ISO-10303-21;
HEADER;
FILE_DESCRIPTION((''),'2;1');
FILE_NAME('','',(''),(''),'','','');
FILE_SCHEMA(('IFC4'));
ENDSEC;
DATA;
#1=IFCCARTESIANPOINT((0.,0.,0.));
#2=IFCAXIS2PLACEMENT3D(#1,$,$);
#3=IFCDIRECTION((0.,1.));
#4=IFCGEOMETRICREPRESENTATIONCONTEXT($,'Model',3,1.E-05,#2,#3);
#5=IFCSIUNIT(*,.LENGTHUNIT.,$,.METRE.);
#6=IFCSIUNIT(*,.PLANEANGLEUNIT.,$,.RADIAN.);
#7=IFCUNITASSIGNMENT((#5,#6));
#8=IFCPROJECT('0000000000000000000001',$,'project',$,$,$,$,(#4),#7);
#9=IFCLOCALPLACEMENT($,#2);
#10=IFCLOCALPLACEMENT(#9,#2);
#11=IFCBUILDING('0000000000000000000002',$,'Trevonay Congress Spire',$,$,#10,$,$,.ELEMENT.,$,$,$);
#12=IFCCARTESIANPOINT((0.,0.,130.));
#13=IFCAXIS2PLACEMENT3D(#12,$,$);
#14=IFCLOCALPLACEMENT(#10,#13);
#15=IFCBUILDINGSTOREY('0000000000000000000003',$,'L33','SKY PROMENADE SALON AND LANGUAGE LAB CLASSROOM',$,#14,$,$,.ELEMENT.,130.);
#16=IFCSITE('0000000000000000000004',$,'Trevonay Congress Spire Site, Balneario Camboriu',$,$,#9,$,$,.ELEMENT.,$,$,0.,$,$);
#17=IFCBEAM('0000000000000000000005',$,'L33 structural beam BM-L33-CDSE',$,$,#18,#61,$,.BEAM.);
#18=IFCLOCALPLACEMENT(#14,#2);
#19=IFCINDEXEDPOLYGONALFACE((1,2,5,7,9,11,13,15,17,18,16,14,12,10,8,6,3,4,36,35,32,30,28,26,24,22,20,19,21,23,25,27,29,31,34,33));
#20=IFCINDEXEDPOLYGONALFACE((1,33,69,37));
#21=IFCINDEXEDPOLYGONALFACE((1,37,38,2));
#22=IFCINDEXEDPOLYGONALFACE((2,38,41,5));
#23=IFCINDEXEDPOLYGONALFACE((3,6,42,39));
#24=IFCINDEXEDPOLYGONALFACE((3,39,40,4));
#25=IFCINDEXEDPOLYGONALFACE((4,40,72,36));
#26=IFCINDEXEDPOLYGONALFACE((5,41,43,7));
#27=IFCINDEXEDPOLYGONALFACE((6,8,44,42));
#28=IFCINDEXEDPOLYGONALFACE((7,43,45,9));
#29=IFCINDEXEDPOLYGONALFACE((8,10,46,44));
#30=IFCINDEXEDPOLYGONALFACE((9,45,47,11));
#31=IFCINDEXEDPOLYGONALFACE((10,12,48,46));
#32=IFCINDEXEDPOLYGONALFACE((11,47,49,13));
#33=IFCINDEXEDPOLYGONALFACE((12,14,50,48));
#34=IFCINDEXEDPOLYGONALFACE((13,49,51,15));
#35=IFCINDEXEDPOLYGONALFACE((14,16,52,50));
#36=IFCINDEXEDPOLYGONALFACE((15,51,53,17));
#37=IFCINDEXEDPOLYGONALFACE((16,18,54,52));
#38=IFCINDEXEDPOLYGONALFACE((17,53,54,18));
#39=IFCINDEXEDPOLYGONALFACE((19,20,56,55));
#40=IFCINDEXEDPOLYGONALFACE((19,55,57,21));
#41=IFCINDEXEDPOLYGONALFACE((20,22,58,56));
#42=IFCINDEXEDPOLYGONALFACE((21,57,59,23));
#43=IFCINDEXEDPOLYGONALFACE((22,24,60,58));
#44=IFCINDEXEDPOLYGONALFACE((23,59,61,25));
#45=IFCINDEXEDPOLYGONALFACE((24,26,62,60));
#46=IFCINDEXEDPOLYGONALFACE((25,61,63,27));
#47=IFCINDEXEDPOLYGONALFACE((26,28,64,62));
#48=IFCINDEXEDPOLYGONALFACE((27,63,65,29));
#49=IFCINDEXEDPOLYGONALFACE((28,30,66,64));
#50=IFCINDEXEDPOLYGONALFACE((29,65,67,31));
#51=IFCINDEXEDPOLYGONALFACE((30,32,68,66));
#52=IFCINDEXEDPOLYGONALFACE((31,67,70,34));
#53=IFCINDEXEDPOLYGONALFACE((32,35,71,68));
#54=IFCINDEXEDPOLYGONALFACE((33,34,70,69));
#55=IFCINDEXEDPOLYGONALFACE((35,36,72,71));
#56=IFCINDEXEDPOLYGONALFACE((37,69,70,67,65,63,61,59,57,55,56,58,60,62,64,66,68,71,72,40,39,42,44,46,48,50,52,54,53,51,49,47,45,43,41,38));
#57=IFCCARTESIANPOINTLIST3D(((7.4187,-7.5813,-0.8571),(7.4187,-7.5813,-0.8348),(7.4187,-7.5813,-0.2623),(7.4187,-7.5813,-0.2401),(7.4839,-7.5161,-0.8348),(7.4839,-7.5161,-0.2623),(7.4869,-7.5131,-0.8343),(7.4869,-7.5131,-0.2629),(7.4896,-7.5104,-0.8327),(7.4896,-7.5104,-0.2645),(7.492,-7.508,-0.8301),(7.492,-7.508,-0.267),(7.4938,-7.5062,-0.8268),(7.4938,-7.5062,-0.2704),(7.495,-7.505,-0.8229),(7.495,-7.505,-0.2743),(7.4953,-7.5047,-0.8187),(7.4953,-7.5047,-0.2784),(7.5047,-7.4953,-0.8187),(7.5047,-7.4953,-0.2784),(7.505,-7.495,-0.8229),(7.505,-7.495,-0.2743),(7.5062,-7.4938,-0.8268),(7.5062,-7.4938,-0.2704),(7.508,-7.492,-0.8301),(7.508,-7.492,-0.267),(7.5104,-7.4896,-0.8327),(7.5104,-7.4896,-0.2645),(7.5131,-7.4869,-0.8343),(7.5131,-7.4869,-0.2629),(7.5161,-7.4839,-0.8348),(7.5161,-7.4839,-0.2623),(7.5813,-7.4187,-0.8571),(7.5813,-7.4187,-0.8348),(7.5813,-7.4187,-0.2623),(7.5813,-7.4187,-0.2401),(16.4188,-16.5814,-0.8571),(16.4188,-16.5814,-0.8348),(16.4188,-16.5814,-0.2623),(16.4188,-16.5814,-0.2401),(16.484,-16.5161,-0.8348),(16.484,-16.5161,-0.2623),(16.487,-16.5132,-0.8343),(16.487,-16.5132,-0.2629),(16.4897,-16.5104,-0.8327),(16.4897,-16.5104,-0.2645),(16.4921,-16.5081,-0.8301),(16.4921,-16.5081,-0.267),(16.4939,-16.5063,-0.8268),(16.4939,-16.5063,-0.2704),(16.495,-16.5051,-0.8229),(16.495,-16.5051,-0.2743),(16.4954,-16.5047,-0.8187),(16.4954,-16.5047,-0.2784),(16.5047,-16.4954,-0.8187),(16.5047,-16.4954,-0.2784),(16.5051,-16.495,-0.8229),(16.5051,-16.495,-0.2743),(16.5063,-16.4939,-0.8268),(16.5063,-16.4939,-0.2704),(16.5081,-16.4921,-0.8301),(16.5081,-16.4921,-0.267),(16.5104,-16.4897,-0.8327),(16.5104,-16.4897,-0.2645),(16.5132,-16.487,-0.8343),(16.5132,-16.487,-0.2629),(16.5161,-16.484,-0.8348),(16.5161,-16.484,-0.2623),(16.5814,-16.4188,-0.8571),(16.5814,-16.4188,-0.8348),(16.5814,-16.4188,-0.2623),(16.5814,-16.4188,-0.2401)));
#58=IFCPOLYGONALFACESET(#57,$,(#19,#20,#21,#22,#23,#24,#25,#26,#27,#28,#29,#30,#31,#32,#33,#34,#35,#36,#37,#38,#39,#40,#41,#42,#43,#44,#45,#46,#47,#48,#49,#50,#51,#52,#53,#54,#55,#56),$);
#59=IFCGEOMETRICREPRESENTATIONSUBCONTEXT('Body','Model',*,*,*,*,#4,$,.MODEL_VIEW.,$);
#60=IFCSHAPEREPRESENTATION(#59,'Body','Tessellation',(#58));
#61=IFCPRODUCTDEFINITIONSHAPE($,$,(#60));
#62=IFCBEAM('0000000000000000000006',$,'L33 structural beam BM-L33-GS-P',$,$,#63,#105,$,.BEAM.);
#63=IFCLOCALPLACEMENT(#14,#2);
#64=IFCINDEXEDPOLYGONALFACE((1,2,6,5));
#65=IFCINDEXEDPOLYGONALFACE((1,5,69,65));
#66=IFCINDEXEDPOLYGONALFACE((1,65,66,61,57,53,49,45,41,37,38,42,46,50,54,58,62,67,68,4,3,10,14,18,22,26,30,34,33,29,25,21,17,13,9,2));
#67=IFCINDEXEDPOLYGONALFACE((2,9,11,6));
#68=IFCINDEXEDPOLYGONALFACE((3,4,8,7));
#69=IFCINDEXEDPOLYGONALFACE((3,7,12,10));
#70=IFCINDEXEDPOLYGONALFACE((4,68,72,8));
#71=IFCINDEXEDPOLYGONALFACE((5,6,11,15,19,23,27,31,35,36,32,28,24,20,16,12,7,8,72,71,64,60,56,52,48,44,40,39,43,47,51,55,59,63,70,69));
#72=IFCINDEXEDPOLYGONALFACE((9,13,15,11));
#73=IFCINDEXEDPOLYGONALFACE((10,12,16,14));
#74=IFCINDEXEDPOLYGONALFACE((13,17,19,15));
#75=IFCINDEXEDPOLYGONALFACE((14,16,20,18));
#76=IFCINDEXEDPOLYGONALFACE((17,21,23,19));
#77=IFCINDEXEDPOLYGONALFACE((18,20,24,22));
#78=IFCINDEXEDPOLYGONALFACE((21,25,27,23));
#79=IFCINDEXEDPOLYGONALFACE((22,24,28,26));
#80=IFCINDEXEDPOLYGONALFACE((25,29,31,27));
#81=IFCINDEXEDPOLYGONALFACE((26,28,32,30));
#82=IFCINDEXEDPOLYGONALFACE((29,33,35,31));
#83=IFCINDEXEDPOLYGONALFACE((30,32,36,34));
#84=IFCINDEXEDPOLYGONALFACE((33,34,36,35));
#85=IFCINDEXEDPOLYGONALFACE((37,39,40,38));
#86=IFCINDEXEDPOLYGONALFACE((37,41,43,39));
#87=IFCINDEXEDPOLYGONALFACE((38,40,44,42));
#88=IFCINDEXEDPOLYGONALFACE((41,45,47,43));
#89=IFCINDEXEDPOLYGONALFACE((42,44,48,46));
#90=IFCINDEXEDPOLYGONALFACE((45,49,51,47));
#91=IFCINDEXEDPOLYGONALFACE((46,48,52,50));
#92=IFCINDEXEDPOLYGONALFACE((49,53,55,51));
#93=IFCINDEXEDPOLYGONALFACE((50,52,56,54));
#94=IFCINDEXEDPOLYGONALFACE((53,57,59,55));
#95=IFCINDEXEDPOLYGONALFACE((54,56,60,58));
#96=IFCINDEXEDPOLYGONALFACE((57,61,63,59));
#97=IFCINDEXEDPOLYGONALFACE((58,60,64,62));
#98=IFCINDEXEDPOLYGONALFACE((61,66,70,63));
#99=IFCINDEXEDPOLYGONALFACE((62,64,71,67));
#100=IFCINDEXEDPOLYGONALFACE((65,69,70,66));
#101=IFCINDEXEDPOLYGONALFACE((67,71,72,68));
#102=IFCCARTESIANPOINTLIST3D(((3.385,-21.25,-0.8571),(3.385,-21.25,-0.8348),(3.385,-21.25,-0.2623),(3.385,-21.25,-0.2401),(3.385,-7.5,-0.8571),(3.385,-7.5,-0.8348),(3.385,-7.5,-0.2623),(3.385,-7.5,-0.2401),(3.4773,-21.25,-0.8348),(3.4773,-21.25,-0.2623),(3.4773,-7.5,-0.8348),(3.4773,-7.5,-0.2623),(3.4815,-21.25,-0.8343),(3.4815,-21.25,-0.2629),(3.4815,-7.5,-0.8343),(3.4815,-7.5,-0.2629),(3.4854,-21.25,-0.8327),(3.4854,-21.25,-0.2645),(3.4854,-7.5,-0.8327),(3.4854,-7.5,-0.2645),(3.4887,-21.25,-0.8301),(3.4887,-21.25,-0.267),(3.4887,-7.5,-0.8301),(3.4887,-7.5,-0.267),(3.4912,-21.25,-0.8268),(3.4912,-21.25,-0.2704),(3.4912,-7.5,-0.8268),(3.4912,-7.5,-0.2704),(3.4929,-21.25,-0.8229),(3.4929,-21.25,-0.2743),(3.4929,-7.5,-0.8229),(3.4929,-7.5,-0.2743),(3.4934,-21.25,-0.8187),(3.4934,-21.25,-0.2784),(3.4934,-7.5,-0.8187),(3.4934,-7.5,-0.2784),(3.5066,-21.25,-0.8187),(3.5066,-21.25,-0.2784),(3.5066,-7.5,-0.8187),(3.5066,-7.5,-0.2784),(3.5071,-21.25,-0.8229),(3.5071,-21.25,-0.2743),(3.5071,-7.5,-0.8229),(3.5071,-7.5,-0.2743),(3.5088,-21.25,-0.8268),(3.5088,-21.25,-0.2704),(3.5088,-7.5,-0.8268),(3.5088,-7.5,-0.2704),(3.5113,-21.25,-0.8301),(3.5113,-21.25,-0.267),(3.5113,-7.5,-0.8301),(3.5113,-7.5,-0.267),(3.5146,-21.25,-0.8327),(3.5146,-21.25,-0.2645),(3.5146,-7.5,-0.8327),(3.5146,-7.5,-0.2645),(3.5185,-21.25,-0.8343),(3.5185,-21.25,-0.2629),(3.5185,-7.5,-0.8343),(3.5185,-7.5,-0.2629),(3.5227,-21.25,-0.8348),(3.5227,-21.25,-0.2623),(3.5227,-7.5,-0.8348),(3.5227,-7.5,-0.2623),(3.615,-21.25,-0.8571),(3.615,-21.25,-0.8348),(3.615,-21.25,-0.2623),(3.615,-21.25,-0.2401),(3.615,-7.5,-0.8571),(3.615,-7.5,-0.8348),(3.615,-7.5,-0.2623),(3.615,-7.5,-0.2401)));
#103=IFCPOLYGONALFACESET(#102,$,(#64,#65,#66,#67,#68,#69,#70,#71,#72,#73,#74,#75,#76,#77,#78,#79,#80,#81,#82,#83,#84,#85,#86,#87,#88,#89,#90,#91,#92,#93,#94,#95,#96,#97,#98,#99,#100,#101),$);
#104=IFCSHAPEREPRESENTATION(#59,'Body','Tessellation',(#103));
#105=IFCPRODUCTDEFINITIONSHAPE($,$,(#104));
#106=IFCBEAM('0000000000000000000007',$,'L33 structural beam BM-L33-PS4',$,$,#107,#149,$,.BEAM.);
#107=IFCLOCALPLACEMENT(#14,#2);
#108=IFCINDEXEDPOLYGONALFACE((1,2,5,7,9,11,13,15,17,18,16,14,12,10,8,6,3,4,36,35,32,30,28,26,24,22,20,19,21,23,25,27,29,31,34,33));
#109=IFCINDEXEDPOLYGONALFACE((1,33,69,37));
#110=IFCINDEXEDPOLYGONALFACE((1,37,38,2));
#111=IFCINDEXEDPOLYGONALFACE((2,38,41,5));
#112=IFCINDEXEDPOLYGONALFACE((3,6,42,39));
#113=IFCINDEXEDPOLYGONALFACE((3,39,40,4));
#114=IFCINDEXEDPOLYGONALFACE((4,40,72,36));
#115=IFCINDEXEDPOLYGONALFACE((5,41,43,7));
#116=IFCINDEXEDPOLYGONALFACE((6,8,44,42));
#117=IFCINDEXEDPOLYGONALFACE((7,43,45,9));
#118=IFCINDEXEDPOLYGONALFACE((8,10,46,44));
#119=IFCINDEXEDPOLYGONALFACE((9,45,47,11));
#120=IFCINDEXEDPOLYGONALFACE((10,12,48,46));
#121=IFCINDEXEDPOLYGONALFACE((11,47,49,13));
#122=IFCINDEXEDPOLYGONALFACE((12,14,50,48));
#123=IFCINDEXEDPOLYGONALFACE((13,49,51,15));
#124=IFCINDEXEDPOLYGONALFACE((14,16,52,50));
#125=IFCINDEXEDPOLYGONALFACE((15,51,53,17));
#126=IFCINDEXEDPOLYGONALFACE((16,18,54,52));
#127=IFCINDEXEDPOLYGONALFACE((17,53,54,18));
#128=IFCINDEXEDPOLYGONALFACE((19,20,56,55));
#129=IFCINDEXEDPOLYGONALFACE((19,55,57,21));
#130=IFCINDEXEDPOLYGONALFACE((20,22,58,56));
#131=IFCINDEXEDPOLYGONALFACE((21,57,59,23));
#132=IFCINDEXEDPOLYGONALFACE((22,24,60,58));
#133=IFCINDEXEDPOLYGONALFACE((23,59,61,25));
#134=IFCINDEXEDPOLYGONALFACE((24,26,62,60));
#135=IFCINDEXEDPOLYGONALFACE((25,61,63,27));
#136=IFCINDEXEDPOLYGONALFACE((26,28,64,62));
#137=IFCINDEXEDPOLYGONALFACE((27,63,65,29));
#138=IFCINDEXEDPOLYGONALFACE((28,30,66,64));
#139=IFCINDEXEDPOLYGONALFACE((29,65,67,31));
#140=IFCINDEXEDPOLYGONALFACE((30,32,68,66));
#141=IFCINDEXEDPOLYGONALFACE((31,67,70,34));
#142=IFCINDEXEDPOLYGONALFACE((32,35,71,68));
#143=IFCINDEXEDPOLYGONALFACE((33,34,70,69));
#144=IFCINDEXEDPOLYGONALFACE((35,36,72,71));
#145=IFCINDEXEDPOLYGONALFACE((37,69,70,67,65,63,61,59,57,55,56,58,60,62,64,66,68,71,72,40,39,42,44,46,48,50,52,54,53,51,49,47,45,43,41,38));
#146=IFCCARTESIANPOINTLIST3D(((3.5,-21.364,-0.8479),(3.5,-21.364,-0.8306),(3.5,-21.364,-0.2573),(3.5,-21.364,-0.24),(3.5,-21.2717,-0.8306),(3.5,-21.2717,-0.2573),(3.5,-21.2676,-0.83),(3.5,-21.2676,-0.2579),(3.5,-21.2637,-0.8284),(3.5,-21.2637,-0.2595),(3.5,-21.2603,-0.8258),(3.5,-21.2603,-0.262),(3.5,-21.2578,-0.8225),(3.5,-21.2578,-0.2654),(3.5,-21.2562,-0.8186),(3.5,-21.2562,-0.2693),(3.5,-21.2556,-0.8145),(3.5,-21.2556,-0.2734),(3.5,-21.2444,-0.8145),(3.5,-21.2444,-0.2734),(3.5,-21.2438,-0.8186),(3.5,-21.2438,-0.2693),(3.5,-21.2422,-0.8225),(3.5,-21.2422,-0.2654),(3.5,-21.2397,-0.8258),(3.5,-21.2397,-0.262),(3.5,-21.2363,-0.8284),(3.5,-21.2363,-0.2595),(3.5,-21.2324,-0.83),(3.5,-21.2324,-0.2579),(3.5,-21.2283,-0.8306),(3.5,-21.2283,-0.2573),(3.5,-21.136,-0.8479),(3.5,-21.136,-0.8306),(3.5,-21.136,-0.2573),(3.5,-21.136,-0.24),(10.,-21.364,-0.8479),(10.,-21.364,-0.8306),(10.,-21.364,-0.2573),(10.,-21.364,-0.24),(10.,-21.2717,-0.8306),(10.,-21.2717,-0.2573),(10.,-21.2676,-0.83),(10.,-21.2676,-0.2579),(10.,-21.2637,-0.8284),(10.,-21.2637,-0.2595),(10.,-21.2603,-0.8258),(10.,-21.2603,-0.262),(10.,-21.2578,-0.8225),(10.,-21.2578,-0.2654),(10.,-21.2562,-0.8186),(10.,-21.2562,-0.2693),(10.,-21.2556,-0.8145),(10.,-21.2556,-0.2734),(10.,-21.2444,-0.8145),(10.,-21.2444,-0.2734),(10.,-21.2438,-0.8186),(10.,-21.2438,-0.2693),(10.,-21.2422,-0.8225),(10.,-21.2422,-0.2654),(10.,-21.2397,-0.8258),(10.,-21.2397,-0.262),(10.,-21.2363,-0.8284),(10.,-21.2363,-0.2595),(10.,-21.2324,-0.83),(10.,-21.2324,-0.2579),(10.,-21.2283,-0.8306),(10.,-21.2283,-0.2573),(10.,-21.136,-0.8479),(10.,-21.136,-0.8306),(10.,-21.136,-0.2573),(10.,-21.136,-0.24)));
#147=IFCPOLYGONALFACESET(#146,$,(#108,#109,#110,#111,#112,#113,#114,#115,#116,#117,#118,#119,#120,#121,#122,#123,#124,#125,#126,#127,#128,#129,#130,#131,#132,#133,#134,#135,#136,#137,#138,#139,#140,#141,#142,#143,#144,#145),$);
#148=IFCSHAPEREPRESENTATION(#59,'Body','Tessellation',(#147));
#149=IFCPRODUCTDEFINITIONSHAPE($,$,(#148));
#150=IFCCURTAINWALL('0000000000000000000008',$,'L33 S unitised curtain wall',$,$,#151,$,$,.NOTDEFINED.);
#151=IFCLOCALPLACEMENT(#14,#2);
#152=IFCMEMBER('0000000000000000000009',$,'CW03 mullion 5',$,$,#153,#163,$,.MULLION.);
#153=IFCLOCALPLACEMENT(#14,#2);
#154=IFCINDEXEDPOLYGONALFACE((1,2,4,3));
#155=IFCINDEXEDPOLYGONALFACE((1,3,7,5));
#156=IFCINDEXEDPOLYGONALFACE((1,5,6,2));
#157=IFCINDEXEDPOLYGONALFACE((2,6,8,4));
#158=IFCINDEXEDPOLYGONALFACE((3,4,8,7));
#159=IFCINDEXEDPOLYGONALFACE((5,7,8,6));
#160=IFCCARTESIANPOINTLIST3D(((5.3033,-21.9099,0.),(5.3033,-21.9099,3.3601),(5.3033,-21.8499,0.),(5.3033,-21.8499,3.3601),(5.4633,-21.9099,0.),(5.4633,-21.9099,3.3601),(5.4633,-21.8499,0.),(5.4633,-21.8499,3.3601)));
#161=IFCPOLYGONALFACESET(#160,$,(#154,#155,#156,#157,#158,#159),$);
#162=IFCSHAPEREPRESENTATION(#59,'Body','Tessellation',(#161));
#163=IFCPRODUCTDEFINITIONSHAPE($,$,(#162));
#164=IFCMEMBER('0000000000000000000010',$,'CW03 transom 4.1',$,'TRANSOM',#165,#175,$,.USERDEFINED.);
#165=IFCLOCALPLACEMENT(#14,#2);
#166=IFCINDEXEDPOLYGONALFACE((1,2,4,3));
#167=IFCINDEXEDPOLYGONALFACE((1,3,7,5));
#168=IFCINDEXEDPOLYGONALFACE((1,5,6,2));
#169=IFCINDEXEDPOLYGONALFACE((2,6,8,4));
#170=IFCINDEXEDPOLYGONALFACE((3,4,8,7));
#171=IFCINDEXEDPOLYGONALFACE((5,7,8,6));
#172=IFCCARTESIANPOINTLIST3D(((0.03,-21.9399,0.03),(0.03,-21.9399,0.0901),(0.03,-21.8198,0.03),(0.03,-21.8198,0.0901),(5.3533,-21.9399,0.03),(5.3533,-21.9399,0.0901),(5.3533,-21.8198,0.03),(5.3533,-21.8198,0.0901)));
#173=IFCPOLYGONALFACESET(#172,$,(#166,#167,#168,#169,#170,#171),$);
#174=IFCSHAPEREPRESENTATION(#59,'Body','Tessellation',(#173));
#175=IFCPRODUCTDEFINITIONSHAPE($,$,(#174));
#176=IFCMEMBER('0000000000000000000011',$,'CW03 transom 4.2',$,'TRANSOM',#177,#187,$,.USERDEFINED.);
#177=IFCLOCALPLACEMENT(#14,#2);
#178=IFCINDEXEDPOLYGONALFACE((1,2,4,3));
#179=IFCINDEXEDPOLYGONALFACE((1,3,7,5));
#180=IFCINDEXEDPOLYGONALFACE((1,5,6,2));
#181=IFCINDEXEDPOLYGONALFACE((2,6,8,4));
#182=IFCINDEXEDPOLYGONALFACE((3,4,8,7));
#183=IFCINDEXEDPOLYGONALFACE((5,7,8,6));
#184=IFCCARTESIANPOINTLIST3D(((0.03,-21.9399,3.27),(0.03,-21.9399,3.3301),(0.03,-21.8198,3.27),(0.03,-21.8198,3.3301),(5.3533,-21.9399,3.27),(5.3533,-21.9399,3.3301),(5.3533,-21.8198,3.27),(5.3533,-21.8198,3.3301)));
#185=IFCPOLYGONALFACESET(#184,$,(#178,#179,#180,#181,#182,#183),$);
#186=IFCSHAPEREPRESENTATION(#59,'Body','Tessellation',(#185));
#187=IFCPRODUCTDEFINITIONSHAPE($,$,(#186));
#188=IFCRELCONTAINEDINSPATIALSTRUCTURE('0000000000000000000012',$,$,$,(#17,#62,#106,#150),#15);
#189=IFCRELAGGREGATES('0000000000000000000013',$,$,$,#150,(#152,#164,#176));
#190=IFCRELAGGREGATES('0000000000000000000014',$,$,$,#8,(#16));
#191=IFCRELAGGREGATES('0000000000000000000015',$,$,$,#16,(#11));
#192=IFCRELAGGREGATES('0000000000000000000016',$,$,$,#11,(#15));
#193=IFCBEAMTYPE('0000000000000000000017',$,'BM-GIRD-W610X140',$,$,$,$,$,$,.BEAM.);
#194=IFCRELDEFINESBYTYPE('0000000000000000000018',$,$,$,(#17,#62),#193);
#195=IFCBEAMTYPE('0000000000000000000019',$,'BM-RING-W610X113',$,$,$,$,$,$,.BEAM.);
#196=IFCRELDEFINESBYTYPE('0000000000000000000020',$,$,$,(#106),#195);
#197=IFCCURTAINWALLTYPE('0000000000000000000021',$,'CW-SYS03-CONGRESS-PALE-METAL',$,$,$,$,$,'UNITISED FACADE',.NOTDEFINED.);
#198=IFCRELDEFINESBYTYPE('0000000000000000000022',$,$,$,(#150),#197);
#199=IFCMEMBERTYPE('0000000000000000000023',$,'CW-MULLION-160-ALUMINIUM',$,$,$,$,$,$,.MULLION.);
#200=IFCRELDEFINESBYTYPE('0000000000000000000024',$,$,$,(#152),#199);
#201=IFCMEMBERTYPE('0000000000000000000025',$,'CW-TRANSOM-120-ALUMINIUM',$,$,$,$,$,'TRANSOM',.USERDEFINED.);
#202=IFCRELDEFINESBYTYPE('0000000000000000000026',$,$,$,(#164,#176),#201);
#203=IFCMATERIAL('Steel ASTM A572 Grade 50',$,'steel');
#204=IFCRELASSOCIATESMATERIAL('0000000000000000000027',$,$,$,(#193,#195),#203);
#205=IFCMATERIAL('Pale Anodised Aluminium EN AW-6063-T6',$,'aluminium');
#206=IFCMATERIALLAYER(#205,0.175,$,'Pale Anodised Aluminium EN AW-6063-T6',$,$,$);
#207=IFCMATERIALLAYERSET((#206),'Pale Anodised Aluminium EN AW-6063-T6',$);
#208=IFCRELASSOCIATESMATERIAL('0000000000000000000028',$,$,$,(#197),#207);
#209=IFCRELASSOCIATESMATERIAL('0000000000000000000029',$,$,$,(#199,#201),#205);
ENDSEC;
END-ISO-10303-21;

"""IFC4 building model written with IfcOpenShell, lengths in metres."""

from ifc_helpers import new_model, si_unit, direction, frame, origin, origin_2d, place, context, subcontext, project, spatial, rectangle, i_section, extrude, material, layer, layer_set, material_profile, profile_set, type_object, element, aggregate, save


model = new_model("IFC4")

# Units and contexts
model_context = context("Model", 3, precision=1e-05, world=origin(), true_north=direction((0.0, 1.0)))
body_context = subcontext(model_context, "Body", "Model", "MODEL_VIEW")
ifc_project = project(units=[si_unit("LENGTHUNIT", "METRE"), si_unit("PLANEANGLEUNIT", "RADIAN")], contexts=[model_context])

# Site, building, storey
site_placement = place(None, origin())
site = spatial("IfcSite", under=ifc_project, at=site_placement, Name="Trevonay Congress Spire Site, Balneario Camboriu", CompositionType="ELEMENT", RefElevation=0.0)
building_placement = place(site_placement, origin())
building = spatial("IfcBuilding", under=site, at=building_placement, Name="Trevonay Congress Spire", CompositionType="ELEMENT")
storey_placement = place(building_placement, frame((0.0, 0.0, 130.0)))
storey = spatial("IfcBuildingStorey", under=building, at=storey_placement, Name="L33", Description="SKY PROMENADE SALON AND LANGUAGE LAB CLASSROOM", CompositionType="ELEMENT", Elevation=130.0)

# Shared definitions
ifc_material_1 = material(Name="Steel ASTM A572 Grade 50", Category="steel")

# Beams
ifc_material_profile_1 = material_profile(ifc_material_1, i_section(OverallWidth=0.23, OverallDepth=0.6169, WebThickness=0.0132, FlangeThickness=0.0222, FilletRadius=0.0161, at=origin_2d()), Name="W610x140")
ifc_profile_set_1 = profile_set([ifc_material_profile_1], Name="Steel ASTM A572 Grade 50")
beam_type_1 = type_object("IfcBeamType", Name="BM-GIRD-W610X140", PredefinedType="BEAM", material=ifc_profile_set_1)
beam_1_placement = place(storey_placement, frame((7.5, -7.5, -0.5486), z_axis=(0.707107, -0.707107, 0.0), x_axis=(0.707107, 0.707107, 0.0)))
element("IfcBeam", 1, at=beam_1_placement, inside=storey, type_object=beam_type_1, Name="L33 structural beam BM-L33-CDSE", PredefinedType="BEAM", context=body_context, shape_type="SweptSolid", body=[
    extrude(i_section(OverallWidth=0.23, OverallDepth=0.6169, WebThickness=0.0132, FlangeThickness=0.0222, FilletRadius=0.0161, at=origin_2d()), origin(), (0.0, 0.0, 1.0), 12.728),
])
beam_2_placement = place(storey_placement, frame((3.5, -7.5, -0.5486), z_axis=(0.0, -1.0, 0.0), x_axis=(1.0, 0.0, 0.0)))
element("IfcBeam", 2, at=beam_2_placement, inside=storey, type_object=beam_type_1, Name="L33 structural beam BM-L33-GS-P", PredefinedType="BEAM", context=body_context, shape_type="SweptSolid", body=[
    extrude(i_section(OverallWidth=0.23, OverallDepth=0.6169, WebThickness=0.0132, FlangeThickness=0.0222, FilletRadius=0.0161, at=origin_2d()), origin(), (0.0, 0.0, 1.0), 13.75),
])
ifc_material_profile_2 = material_profile(ifc_material_1, i_section(OverallWidth=0.228, OverallDepth=0.6079, WebThickness=0.0112, FlangeThickness=0.0173, FilletRadius=0.0161, at=origin_2d()), Name="W610x113")
ifc_profile_set_2 = profile_set([ifc_material_profile_2], Name="Steel ASTM A572 Grade 50")
beam_type_2 = type_object("IfcBeamType", Name="BM-RING-W610X113", PredefinedType="BEAM", material=ifc_profile_set_2)
beam_3_placement = place(storey_placement, frame((3.5, -21.25, -0.5439), z_axis=(1.0, 0.0, 0.0), x_axis=(0.0, 1.0, 0.0)))
element("IfcBeam", 3, at=beam_3_placement, inside=storey, type_object=beam_type_2, Name="L33 structural beam BM-L33-PS4", PredefinedType="BEAM", context=body_context, shape_type="SweptSolid", body=[
    extrude(i_section(OverallWidth=0.228, OverallDepth=0.6079, WebThickness=0.0112, FlangeThickness=0.0173, FilletRadius=0.0161, at=origin_2d()), origin(), (0.0, 0.0, 1.0), 6.5),
])

# Curtain wall, members
ifc_material_2 = material(Name="Pale Anodised Aluminium EN AW-6063-T6", Category="aluminium")
ifc_layer_1 = layer(ifc_material_2, 0.175, Name="Pale Anodised Aluminium EN AW-6063-T6")
ifc_layer_set_1 = layer_set([ifc_layer_1], Name="Pale Anodised Aluminium EN AW-6063-T6")
curtain_wall_type = type_object("IfcCurtainWallType", Name="CW-SYS03-CONGRESS-PALE-METAL", ElementType="UNITISED FACADE", PredefinedType="NOTDEFINED", material=ifc_layer_set_1)
curtain_wall_placement = place(storey_placement, origin())
curtain_wall = element("IfcCurtainWall", 4, at=curtain_wall_placement, inside=storey, type_object=curtain_wall_type, Name="L33 S unitised curtain wall", PredefinedType="NOTDEFINED")
ifc_material_profile_3 = material_profile(ifc_material_2, rectangle(XDim=0.0601, YDim=0.1599, at=origin_2d()), Name="CW-MULLION-160-ALUMINIUM")
ifc_profile_set_3 = profile_set([ifc_material_profile_3], Name="Pale Anodised Aluminium EN AW-6063-T6")
member_type_1 = type_object("IfcMemberType", Name="CW-MULLION-160-ALUMINIUM", PredefinedType="MULLION", material=ifc_profile_set_3)
member_1_placement = place(storey_placement, frame((5.3833, -21.8799, 0.0), z_axis=(0.0, 0.0, 1.0), x_axis=(0.0, 1.0, 0.0)))
member_1 = element("IfcMember", 5, at=member_1_placement, type_object=member_type_1, Name="CW03 mullion 5", PredefinedType="MULLION", context=body_context, shape_type="SweptSolid", body=[
    extrude(rectangle(XDim=0.0601, YDim=0.1599, at=origin_2d()), origin(), (0.0, 0.0, 1.0), 3.3601),
])
ifc_material_profile_4 = material_profile(ifc_material_2, rectangle(XDim=0.1201, YDim=0.0601, at=origin_2d()), Name="CW-TRANSOM-120-ALUMINIUM")
ifc_profile_set_4 = profile_set([ifc_material_profile_4], Name="Pale Anodised Aluminium EN AW-6063-T6")
member_type_2 = type_object("IfcMemberType", Name="CW-TRANSOM-120-ALUMINIUM", ElementType="TRANSOM", PredefinedType="USERDEFINED", material=ifc_profile_set_4)
member_2_placement = place(storey_placement, frame((0.03, -21.8799, 0.0601), z_axis=(1.0, 0.0, 0.0), x_axis=(0.0, 1.0, 0.0)))
member_2 = element("IfcMember", 6, at=member_2_placement, type_object=member_type_2, Name="CW03 transom 4.1", ObjectType="TRANSOM", PredefinedType="USERDEFINED", context=body_context, shape_type="SweptSolid", body=[
    extrude(rectangle(XDim=0.1201, YDim=0.0601, at=origin_2d()), origin(), (0.0, 0.0, 1.0), 5.3232),
])
member_3_placement = place(storey_placement, frame((0.03, -21.8799, 3.3), z_axis=(1.0, 0.0, 0.0), x_axis=(0.0, 1.0, 0.0)))
member_3 = element("IfcMember", 7, at=member_3_placement, type_object=member_type_2, Name="CW03 transom 4.2", ObjectType="TRANSOM", PredefinedType="USERDEFINED", context=body_context, shape_type="SweptSolid", body=[
    extrude(rectangle(XDim=0.1201, YDim=0.0601, at=origin_2d()), origin(), (0.0, 0.0, 1.0), 5.3232),
])

aggregate(curtain_wall, [member_1, member_2, member_3])

save(model, "model.ifc")
